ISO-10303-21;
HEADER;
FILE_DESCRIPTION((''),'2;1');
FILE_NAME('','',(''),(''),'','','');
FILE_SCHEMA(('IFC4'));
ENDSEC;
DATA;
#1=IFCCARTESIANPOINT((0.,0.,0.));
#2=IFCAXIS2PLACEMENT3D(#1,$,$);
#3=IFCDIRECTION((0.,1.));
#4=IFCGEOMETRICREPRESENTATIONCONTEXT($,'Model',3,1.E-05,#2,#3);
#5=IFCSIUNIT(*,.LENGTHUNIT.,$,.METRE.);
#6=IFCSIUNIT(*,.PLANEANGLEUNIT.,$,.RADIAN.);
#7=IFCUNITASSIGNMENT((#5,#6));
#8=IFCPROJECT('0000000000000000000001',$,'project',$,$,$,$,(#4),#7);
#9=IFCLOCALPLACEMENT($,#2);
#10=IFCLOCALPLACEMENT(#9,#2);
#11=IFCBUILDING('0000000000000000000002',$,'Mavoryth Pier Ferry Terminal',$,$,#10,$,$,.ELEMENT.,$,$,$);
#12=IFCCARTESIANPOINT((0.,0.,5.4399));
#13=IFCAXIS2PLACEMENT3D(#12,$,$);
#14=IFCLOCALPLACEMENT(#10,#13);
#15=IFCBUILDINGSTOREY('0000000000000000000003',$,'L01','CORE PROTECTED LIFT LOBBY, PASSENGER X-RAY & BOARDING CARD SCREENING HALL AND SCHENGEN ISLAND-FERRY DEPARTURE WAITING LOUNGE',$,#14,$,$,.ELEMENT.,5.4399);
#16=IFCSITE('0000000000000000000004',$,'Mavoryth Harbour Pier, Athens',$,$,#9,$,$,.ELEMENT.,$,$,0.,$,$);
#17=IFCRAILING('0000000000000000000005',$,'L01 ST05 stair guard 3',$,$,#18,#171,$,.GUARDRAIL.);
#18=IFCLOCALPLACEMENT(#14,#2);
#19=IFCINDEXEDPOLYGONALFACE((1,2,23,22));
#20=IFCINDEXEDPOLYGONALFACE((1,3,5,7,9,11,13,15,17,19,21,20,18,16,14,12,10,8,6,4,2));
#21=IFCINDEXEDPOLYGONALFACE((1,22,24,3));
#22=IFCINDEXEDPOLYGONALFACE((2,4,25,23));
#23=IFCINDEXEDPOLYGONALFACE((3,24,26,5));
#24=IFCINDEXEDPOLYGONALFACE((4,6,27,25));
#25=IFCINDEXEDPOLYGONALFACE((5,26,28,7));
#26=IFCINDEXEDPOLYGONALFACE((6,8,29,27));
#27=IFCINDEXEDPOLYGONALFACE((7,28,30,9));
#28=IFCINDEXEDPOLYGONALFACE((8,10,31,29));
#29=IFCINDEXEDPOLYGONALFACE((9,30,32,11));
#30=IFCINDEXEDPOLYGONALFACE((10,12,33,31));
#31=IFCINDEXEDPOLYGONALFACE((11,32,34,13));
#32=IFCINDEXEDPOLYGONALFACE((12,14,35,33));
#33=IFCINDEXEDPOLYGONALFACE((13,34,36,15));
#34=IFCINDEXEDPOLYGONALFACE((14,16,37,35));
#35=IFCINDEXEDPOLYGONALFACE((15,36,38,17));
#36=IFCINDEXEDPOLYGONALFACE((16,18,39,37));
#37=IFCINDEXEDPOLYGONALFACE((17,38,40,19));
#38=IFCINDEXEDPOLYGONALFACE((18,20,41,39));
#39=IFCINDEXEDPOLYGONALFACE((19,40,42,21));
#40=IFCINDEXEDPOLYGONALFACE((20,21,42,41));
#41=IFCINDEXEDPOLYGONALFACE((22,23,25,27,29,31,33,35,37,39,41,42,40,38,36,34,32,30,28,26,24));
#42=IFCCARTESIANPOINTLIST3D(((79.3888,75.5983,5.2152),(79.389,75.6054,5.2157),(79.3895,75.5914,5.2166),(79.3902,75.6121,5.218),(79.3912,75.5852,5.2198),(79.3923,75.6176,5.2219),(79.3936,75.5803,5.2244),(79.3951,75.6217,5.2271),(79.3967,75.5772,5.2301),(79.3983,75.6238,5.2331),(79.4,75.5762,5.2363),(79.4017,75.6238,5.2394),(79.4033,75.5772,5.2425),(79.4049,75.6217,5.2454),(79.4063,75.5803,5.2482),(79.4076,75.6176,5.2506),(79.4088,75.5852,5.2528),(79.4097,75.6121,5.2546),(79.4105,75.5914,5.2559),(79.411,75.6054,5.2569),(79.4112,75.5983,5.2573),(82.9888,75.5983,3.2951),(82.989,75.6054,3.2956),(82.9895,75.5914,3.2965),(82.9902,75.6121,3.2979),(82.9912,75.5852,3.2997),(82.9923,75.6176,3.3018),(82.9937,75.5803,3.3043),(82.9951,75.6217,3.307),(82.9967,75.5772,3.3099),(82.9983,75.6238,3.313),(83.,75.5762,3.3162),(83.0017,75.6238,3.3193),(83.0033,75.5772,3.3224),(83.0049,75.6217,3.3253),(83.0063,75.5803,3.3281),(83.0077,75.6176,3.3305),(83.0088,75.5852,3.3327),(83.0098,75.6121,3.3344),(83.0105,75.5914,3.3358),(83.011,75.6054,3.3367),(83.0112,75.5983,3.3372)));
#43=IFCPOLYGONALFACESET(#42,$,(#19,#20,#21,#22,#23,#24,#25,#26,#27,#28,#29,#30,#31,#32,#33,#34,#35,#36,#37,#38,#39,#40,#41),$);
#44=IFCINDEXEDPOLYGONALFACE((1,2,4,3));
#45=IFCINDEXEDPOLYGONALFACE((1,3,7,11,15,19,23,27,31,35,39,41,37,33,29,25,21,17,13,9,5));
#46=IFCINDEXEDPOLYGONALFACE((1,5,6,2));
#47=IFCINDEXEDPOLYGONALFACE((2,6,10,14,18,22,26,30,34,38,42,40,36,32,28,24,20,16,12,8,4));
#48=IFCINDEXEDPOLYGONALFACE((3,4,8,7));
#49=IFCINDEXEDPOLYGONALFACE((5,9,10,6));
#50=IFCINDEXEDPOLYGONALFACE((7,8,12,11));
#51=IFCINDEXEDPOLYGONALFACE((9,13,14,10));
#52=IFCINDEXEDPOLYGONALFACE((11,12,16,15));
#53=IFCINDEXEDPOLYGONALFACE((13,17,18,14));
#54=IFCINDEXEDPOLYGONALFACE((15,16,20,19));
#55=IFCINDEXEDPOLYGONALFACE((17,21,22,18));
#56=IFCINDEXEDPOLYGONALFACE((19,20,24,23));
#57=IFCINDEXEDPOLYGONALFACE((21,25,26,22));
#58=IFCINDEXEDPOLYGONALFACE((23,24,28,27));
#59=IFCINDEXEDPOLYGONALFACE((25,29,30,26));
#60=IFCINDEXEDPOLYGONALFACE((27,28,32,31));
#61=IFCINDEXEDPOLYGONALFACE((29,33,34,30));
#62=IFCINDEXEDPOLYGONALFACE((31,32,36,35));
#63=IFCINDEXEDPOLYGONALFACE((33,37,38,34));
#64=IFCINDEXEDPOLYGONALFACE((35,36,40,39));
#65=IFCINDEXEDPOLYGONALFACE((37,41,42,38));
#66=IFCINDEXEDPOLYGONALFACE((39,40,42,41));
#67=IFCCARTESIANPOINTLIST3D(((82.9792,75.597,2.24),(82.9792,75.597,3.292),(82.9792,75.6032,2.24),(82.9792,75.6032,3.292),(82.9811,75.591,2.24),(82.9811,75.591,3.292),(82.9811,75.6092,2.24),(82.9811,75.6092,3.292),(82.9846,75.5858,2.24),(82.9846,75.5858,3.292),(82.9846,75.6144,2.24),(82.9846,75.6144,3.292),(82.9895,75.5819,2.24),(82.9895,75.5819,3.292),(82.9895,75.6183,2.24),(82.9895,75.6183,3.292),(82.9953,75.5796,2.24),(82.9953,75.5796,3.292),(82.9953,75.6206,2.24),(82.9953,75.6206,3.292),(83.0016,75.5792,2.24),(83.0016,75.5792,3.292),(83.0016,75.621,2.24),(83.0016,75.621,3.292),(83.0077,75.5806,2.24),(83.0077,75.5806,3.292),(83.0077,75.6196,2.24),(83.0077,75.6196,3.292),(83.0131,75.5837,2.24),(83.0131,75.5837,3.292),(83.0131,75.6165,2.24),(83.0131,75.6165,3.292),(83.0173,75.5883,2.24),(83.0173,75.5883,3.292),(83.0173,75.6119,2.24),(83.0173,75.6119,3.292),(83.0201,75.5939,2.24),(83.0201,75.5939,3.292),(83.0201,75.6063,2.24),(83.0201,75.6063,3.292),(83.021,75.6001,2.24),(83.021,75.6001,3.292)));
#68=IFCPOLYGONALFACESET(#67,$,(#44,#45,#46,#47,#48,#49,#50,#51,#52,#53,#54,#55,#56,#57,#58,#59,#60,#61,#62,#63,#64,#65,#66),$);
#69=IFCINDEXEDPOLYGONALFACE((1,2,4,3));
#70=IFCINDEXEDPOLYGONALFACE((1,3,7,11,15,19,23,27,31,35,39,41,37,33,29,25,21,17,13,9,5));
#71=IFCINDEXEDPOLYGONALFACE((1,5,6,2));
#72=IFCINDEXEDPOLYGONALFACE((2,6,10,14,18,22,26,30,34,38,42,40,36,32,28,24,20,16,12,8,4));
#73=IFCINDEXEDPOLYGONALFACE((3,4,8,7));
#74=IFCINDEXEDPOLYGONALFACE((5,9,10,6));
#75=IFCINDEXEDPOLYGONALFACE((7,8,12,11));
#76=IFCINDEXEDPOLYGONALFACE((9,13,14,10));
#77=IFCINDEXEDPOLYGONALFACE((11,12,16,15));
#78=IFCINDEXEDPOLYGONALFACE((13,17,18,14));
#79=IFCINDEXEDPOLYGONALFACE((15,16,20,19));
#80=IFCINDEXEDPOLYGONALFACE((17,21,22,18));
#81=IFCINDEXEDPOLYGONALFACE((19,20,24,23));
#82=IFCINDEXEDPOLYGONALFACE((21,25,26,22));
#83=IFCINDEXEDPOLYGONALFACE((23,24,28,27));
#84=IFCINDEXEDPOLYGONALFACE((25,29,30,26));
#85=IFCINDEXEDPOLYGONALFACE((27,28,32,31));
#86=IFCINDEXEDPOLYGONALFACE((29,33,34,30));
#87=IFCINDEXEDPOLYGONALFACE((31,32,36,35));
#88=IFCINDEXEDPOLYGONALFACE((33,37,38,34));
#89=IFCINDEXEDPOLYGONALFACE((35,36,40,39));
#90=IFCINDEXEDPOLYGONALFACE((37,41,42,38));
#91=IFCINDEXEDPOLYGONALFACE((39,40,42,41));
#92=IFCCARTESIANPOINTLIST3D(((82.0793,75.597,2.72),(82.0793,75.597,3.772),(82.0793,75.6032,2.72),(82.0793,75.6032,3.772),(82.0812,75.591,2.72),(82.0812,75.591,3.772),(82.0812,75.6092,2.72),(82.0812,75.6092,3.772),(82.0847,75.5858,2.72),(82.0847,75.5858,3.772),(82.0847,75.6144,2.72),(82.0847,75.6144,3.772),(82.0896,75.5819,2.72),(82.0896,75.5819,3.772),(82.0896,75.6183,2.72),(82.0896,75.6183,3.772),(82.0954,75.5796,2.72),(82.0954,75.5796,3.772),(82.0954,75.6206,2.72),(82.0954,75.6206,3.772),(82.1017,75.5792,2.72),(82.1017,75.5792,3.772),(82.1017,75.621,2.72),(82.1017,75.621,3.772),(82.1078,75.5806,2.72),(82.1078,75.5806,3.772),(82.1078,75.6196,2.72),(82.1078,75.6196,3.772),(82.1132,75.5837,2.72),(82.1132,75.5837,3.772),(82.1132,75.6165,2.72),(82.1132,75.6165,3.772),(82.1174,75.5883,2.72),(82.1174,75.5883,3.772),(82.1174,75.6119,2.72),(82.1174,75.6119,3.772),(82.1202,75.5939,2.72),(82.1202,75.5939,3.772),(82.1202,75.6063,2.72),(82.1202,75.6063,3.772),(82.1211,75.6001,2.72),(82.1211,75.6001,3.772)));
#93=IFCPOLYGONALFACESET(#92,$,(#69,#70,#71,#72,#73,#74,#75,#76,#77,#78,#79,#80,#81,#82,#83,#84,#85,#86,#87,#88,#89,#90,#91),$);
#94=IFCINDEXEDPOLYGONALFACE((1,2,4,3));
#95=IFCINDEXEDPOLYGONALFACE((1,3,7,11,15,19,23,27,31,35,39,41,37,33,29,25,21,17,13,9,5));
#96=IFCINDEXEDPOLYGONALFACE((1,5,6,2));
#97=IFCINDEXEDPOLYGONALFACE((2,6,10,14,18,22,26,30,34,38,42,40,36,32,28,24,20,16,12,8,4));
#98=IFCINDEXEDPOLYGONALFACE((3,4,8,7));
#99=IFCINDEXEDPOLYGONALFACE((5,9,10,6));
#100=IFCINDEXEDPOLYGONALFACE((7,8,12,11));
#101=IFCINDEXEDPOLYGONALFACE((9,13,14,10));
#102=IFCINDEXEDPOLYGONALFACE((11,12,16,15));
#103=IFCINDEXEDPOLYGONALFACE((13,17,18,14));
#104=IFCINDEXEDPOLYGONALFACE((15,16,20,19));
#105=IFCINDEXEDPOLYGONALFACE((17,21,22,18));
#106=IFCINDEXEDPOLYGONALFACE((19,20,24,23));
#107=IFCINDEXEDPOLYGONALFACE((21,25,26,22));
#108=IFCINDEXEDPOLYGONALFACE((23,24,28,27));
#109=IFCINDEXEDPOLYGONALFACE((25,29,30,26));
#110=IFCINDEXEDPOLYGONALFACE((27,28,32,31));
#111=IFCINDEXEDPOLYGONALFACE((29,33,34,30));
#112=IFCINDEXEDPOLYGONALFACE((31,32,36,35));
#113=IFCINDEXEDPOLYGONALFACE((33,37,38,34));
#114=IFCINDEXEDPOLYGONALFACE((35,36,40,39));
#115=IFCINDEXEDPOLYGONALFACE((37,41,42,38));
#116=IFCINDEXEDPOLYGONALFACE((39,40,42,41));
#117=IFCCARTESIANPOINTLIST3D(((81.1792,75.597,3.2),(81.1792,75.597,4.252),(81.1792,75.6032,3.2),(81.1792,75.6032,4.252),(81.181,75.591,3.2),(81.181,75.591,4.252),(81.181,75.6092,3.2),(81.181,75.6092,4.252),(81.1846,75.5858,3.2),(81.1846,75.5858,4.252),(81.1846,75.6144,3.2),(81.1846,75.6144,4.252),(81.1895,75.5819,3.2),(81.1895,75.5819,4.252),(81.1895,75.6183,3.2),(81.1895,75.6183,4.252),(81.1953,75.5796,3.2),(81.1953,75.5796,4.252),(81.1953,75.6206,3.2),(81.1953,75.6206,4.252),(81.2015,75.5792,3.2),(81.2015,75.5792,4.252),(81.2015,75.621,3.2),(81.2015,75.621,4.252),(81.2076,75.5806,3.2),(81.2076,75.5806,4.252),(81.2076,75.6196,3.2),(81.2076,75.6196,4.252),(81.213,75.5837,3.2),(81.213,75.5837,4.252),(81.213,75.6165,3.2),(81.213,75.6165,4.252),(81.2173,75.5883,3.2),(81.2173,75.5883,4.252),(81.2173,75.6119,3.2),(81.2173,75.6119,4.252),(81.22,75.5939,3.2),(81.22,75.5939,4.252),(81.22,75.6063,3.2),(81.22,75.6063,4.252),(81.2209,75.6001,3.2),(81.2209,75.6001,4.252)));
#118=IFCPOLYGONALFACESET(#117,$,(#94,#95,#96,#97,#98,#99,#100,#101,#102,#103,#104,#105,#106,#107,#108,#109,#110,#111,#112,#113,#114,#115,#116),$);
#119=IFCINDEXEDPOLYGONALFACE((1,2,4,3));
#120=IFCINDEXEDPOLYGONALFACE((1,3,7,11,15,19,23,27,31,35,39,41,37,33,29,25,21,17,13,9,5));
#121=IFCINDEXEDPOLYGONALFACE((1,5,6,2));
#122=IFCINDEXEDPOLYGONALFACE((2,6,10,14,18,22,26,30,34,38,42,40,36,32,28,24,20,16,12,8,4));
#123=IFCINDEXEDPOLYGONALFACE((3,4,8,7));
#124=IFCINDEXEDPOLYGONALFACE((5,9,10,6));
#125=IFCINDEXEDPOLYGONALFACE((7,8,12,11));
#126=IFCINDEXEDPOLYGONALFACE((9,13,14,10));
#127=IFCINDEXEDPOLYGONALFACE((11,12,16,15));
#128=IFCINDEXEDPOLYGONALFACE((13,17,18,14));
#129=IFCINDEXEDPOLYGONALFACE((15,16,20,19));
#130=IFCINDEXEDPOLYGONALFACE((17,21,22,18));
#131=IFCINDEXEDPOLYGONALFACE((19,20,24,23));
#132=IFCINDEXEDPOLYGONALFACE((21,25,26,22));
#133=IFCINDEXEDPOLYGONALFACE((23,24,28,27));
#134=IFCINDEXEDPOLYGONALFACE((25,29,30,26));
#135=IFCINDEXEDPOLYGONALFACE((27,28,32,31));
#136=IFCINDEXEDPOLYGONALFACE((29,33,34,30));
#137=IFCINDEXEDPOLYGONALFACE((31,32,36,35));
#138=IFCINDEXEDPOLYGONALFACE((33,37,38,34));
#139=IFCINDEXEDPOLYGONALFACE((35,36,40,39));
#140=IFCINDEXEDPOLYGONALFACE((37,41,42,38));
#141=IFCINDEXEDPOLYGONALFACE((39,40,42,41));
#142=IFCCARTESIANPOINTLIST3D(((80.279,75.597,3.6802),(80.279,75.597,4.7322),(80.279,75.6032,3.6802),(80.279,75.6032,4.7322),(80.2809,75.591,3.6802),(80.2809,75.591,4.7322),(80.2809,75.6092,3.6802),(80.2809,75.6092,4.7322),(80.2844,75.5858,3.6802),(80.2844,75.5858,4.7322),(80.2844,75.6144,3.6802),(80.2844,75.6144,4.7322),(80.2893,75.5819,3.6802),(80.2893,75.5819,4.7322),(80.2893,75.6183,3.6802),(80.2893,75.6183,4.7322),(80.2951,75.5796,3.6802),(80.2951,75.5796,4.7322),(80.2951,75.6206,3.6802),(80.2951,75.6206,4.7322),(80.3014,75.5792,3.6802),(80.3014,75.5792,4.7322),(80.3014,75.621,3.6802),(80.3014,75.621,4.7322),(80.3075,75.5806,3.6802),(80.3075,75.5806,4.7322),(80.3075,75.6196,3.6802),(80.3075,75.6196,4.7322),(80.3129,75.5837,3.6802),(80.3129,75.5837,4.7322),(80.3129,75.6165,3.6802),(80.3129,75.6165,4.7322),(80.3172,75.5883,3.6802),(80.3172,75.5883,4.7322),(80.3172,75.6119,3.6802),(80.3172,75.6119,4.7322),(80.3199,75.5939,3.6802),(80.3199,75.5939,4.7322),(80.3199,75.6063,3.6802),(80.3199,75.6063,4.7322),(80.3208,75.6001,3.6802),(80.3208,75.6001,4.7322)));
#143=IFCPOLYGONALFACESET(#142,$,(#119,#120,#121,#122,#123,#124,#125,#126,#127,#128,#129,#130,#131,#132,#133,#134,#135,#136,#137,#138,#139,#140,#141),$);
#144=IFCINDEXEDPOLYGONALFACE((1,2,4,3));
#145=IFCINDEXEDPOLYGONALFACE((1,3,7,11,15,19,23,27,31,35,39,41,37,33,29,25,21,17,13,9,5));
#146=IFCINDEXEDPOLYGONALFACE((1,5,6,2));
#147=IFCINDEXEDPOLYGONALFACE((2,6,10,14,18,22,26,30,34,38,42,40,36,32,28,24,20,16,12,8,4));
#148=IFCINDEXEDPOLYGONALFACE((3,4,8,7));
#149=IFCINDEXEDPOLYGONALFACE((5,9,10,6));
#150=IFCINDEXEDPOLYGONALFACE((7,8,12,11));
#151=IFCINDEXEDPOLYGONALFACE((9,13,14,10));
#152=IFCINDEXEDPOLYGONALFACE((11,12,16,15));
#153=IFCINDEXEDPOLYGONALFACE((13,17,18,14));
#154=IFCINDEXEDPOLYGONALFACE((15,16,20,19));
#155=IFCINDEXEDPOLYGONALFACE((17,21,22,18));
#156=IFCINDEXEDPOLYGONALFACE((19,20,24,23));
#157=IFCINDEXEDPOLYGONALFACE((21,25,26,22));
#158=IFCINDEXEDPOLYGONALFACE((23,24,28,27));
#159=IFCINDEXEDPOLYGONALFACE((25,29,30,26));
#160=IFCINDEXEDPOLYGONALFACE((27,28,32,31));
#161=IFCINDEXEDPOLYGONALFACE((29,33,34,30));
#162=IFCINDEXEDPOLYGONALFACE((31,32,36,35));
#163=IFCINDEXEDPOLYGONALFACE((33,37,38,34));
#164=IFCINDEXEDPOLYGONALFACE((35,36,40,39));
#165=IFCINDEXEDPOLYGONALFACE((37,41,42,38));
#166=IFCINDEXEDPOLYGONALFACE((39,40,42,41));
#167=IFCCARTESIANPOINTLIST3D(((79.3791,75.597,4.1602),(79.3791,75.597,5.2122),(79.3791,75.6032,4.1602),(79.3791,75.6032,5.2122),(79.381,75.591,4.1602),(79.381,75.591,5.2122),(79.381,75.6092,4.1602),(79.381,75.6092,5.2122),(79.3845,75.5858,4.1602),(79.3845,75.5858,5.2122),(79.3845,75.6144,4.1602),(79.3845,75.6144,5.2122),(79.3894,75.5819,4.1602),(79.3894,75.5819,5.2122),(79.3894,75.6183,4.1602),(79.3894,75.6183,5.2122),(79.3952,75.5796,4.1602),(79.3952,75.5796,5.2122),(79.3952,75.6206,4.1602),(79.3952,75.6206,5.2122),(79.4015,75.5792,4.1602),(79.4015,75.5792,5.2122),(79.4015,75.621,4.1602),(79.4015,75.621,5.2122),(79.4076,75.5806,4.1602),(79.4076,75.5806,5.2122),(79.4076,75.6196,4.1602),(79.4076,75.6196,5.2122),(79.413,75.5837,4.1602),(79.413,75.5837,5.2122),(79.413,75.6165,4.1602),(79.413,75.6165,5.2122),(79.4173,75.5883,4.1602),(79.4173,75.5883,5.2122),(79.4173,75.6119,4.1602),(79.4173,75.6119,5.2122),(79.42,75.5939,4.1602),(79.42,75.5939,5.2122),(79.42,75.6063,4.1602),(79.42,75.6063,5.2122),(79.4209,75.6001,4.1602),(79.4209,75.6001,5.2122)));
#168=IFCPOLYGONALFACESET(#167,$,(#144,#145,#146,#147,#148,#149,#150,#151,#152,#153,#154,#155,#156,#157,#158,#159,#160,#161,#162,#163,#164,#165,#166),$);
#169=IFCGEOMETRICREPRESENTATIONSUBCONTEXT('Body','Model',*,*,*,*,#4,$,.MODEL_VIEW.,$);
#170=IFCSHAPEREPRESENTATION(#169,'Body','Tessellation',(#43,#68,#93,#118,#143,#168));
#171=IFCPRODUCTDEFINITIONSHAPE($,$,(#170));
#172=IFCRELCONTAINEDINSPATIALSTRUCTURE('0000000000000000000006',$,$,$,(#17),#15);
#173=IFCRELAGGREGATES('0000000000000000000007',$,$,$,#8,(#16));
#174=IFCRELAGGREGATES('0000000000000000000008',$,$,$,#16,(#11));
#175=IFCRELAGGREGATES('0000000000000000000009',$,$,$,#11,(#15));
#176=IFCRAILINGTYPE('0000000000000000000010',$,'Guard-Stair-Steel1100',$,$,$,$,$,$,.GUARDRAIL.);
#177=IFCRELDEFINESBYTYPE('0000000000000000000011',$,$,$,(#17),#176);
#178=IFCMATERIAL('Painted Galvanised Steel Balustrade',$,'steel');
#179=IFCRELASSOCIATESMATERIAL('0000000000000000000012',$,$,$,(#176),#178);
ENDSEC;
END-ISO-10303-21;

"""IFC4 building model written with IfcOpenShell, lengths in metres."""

from ifc_helpers import new_model, si_unit, direction, frame, origin, origin_2d, place, context, subcontext, project, spatial, circle, extrude, material, type_object, element, save


model = new_model("IFC4")

# Units and contexts
model_context = context("Model", 3, precision=1e-05, world=origin(), true_north=direction((0.0, 1.0)))
body_context = subcontext(model_context, "Body", "Model", "MODEL_VIEW")
ifc_project = project(units=[si_unit("LENGTHUNIT", "METRE"), si_unit("PLANEANGLEUNIT", "RADIAN")], contexts=[model_context])

# Site, building, storey
site_placement = place(None, origin())
site = spatial("IfcSite", under=ifc_project, at=site_placement, Name="Mavoryth Harbour Pier, Athens", CompositionType="ELEMENT", RefElevation=0.0)
building_placement = place(site_placement, origin())
building = spatial("IfcBuilding", under=site, at=building_placement, Name="Mavoryth Pier Ferry Terminal", CompositionType="ELEMENT")
storey_placement = place(building_placement, frame((0.0, 0.0, 5.4399)))
storey = spatial("IfcBuildingStorey", under=building, at=storey_placement, Name="L01", Description="CORE PROTECTED LIFT LOBBY, PASSENGER X-RAY & BOARDING CARD SCREENING HALL AND SCHENGEN ISLAND-FERRY DEPARTURE WAITING LOUNGE", CompositionType="ELEMENT", Elevation=5.4399)

# Railing
ifc_material_1 = material(Name="Painted Galvanised Steel Balustrade", Category="steel")
railing_type_1 = type_object("IfcRailingType", Name="Guard-Stair-Steel1100", PredefinedType="GUARDRAIL", material=ifc_material_1)
railing_1_placement = place(storey_placement, frame((83.0, 75.6001, 2.24)))
element("IfcRailing", 1, at=railing_1_placement, inside=storey, type_object=railing_type_1, Name="L01 ST05 stair guard 3", PredefinedType="GUARDRAIL", context=body_context, shape_type="SweptSolid", body=[
    extrude(circle(Radius=0.0239, at=origin_2d()), frame((0.0, 0.0, 1.0762), z_axis=(-0.882341, 0.0, 0.47061), x_axis=(0.0, -1.0, 0.0)), (0.0, 0.0, 1.0), 4.0801),
    extrude(circle(Radius=0.021, at=origin_2d()), origin(), (0.0, 0.0, 1.0), 1.052),
    extrude(circle(Radius=0.021, at=origin_2d()), frame((-0.8999, 0.0, 0.48)), (0.0, 0.0, 1.0), 1.052),
    extrude(circle(Radius=0.021, at=origin_2d()), frame((-1.8, 0.0, 0.96)), (0.0, 0.0, 1.0), 1.052),
    extrude(circle(Radius=0.021, at=origin_2d()), frame((-2.7002, 0.0, 1.4402)), (0.0, 0.0, 1.0), 1.052),
    extrude(circle(Radius=0.021, at=origin_2d()), frame((-3.6001, 0.0, 1.9202)), (0.0, 0.0, 1.0), 1.052),
])

save(model, "model.ifc")
